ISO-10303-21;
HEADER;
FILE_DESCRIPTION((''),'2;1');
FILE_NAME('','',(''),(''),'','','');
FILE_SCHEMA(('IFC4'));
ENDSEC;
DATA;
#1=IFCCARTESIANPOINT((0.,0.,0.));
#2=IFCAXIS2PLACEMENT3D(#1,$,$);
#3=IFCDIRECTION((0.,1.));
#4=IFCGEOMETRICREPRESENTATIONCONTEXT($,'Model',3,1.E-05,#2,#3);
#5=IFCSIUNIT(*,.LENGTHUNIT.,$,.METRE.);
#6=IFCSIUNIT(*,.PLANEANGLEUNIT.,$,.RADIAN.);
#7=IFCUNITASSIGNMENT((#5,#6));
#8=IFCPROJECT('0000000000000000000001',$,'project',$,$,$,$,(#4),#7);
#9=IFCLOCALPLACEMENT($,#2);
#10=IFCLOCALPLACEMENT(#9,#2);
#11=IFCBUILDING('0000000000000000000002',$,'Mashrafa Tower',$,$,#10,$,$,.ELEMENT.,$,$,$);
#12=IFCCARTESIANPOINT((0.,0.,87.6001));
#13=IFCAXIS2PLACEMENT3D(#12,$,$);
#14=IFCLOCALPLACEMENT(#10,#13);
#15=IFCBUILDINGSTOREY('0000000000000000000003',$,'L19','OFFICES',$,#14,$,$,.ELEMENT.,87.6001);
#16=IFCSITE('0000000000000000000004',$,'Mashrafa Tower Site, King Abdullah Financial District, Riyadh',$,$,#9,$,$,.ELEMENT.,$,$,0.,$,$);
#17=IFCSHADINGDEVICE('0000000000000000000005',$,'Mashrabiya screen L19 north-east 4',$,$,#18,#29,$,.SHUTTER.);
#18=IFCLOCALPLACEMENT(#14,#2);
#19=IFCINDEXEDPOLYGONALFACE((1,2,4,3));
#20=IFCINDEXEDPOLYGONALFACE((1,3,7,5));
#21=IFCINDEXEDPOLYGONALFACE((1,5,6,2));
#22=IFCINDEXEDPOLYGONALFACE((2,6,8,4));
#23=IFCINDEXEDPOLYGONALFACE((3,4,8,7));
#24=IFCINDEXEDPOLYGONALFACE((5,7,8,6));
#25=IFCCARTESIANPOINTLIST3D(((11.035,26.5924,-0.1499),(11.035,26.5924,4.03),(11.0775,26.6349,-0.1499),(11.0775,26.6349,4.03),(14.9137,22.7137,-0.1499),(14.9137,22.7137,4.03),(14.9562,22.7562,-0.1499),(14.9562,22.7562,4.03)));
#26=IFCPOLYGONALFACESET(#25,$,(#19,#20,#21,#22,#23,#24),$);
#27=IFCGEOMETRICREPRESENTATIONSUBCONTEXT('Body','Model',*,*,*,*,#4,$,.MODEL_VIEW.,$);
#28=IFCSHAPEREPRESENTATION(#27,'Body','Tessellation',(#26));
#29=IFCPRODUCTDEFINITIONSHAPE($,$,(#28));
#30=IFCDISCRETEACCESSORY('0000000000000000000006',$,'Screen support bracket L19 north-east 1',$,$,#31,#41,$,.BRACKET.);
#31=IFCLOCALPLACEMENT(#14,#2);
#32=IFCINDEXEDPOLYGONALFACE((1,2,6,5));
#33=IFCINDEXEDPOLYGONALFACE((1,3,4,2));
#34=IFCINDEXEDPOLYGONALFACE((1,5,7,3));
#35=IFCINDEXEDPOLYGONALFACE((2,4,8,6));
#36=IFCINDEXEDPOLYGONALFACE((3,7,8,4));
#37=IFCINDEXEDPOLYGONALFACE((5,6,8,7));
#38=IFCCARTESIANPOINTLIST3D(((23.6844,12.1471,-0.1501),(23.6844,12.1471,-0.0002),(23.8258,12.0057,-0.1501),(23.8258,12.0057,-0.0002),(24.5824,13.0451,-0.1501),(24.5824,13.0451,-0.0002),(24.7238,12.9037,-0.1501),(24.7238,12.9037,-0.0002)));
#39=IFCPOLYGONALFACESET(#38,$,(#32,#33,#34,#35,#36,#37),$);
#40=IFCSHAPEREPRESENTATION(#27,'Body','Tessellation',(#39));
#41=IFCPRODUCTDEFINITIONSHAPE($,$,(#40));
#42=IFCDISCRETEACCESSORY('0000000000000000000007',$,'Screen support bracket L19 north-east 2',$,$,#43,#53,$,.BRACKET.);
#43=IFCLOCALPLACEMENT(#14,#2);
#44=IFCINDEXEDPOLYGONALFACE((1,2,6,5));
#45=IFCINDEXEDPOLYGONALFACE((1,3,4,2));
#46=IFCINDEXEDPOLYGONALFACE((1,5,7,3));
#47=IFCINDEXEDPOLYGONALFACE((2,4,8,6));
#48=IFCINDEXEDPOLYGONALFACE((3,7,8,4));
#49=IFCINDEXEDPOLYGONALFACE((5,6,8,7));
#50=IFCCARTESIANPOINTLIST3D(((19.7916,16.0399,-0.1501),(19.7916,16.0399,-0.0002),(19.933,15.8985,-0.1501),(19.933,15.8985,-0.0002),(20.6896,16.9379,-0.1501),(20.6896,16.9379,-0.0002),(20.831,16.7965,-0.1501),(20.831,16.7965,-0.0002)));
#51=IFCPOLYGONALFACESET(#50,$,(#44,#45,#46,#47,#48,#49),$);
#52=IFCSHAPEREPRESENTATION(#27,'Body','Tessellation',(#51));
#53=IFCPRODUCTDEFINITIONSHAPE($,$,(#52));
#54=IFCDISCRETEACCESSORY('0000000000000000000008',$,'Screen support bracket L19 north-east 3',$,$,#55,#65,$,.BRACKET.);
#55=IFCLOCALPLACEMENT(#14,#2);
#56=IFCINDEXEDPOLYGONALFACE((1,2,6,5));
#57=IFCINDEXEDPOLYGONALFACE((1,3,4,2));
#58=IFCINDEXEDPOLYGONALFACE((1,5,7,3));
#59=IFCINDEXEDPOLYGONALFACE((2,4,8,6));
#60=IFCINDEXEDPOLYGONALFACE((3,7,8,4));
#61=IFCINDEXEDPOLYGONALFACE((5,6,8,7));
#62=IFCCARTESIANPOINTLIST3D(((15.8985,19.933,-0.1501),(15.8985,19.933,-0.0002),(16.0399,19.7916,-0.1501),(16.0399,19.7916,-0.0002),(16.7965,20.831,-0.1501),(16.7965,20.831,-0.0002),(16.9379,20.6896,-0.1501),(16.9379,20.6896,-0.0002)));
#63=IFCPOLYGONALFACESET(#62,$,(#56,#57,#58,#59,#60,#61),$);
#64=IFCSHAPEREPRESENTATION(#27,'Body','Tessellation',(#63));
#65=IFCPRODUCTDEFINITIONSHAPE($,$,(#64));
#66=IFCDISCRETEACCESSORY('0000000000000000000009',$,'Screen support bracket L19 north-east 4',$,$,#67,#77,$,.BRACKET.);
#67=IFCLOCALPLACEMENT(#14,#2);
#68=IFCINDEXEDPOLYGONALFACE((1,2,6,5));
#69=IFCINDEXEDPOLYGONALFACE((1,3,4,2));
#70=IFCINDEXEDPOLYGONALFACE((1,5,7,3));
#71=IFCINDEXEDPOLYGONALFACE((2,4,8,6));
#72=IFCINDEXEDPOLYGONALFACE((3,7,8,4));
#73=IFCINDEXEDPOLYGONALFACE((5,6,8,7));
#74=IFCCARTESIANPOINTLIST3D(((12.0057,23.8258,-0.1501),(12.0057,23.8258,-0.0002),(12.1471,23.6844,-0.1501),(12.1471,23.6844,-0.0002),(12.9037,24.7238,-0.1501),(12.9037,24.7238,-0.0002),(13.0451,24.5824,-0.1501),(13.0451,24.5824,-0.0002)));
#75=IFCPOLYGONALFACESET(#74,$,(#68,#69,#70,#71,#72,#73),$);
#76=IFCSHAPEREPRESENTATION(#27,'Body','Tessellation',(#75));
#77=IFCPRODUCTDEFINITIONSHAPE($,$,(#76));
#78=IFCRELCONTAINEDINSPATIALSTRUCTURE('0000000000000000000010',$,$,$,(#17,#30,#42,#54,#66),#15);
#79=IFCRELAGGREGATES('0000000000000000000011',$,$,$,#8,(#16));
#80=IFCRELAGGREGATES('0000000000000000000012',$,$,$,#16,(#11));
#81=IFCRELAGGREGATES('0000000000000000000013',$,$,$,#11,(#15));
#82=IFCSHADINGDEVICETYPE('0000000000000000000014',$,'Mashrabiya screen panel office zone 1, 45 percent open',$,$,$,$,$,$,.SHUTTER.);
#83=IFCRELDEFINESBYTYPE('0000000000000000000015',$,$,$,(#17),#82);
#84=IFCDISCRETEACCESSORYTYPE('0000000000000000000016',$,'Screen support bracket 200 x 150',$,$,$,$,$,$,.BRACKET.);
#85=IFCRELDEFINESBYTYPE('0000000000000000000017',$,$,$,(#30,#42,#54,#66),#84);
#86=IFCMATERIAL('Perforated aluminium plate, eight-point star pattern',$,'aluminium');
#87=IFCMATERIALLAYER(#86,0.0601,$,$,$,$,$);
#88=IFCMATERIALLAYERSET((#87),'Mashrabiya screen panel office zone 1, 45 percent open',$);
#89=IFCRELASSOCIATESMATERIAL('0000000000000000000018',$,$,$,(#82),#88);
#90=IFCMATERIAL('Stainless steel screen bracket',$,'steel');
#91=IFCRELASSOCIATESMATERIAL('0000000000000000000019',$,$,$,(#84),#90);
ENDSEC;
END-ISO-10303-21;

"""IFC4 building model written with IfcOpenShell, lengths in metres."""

from ifc_helpers import new_model, si_unit, direction, frame, origin, origin_2d, place, context, subcontext, project, spatial, rectangle, extrude, source, transform, mapped, material, layer, layer_set, type_object, type_shapes, element, save


model = new_model("IFC4")

# Units and contexts
model_context = context("Model", 3, precision=1e-05, world=origin(), true_north=direction((0.0, 1.0)))
body_context = subcontext(model_context, "Body", "Model", "MODEL_VIEW")
ifc_project = project(units=[si_unit("LENGTHUNIT", "METRE"), si_unit("PLANEANGLEUNIT", "RADIAN")], contexts=[model_context])

# Site, building, storey
site_placement = place(None, origin())
site = spatial("IfcSite", under=ifc_project, at=site_placement, Name="Mashrafa Tower Site, King Abdullah Financial District, Riyadh", CompositionType="ELEMENT", RefElevation=0.0)
building_placement = place(site_placement, origin())
building = spatial("IfcBuilding", under=site, at=building_placement, Name="Mashrafa Tower", CompositionType="ELEMENT")
storey_placement = place(building_placement, frame((0.0, 0.0, 87.6001)))
storey = spatial("IfcBuildingStorey", under=building, at=storey_placement, Name="L19", Description="OFFICES", CompositionType="ELEMENT", Elevation=87.6001)

# Shading device
ifc_material_1 = material(Name="Perforated aluminium plate, eight-point star pattern", Category="aluminium")
ifc_layer_1 = layer(ifc_material_1, 0.0601)
ifc_layer_set_1 = layer_set([ifc_layer_1], Name="Mashrabiya screen panel office zone 1, 45 percent open")
shading_device_type = type_object("IfcShadingDeviceType", Name="Mashrabiya screen panel office zone 1, 45 percent open", PredefinedType="SHUTTER", material=ifc_layer_set_1)
shared_shape_1 = source(origin(), body_context, "Body", "SweptSolid", [
    extrude(rectangle(XDim=5.4854, YDim=0.0601, at=origin_2d()), origin(), (0.0, 0.0, 1.0), 4.1799),
])
type_shapes(shading_device_type, [shared_shape_1])
for number, where, z_axis, x_axis, name in (
    (1, (12.9956, 24.6743, -0.1499), (0.0, 0.0, 1.0), (-0.707107, 0.707107, 0.0), "Mashrabiya screen L19 north-east 4"),
):
    element("IfcShadingDevice", number, at=place(storey_placement, frame(where, z_axis=z_axis, x_axis=x_axis)), inside=storey, type_object=shading_device_type, Name=name, PredefinedType="SHUTTER", context=body_context, shape_type="MappedRepresentation", body=[
        mapped(shared_shape_1, transform((0.0, 0.0, 0.0))),
    ])

# Discrete accessories
ifc_material_2 = material(Name="Stainless steel screen bracket", Category="steel")
discrete_accessory_type = type_object("IfcDiscreteAccessoryType", Name="Screen support bracket 200 x 150", PredefinedType="BRACKET", material=ifc_material_2)
shared_shape_2 = source(origin(), body_context, "Body", "SweptSolid", [
    extrude(rectangle(XDim=0.2, YDim=1.27, at=origin_2d()), origin(), (0.0, 0.0, 1.0), 0.1499),
])
type_shapes(discrete_accessory_type, [shared_shape_2])
for number, where, z_axis, x_axis, name in (
    (2, (24.2041, 12.5254, -0.1501), (0.0, 0.0, 1.0), (-0.707107, 0.707107, 0.0), "Screen support bracket L19 north-east 1"),
    (3, (20.3113, 16.4182, -0.1501), (0.0, 0.0, 1.0), (-0.707107, 0.707107, 0.0), "Screen support bracket L19 north-east 2"),
    (4, (16.4182, 20.3113, -0.1501), (0.0, 0.0, 1.0), (-0.707107, 0.707107, 0.0), "Screen support bracket L19 north-east 3"),
    (5, (12.5254, 24.2041, -0.1501), (0.0, 0.0, 1.0), (-0.707107, 0.707107, 0.0), "Screen support bracket L19 north-east 4"),
):
    element("IfcDiscreteAccessory", number, at=place(storey_placement, frame(where, z_axis=z_axis, x_axis=x_axis)), inside=storey, type_object=discrete_accessory_type, Name=name, PredefinedType="BRACKET", context=body_context, shape_type="MappedRepresentation", body=[
        mapped(shared_shape_2, transform((0.0, 0.0, 0.0))),
    ])

save(model, "model.ifc")
